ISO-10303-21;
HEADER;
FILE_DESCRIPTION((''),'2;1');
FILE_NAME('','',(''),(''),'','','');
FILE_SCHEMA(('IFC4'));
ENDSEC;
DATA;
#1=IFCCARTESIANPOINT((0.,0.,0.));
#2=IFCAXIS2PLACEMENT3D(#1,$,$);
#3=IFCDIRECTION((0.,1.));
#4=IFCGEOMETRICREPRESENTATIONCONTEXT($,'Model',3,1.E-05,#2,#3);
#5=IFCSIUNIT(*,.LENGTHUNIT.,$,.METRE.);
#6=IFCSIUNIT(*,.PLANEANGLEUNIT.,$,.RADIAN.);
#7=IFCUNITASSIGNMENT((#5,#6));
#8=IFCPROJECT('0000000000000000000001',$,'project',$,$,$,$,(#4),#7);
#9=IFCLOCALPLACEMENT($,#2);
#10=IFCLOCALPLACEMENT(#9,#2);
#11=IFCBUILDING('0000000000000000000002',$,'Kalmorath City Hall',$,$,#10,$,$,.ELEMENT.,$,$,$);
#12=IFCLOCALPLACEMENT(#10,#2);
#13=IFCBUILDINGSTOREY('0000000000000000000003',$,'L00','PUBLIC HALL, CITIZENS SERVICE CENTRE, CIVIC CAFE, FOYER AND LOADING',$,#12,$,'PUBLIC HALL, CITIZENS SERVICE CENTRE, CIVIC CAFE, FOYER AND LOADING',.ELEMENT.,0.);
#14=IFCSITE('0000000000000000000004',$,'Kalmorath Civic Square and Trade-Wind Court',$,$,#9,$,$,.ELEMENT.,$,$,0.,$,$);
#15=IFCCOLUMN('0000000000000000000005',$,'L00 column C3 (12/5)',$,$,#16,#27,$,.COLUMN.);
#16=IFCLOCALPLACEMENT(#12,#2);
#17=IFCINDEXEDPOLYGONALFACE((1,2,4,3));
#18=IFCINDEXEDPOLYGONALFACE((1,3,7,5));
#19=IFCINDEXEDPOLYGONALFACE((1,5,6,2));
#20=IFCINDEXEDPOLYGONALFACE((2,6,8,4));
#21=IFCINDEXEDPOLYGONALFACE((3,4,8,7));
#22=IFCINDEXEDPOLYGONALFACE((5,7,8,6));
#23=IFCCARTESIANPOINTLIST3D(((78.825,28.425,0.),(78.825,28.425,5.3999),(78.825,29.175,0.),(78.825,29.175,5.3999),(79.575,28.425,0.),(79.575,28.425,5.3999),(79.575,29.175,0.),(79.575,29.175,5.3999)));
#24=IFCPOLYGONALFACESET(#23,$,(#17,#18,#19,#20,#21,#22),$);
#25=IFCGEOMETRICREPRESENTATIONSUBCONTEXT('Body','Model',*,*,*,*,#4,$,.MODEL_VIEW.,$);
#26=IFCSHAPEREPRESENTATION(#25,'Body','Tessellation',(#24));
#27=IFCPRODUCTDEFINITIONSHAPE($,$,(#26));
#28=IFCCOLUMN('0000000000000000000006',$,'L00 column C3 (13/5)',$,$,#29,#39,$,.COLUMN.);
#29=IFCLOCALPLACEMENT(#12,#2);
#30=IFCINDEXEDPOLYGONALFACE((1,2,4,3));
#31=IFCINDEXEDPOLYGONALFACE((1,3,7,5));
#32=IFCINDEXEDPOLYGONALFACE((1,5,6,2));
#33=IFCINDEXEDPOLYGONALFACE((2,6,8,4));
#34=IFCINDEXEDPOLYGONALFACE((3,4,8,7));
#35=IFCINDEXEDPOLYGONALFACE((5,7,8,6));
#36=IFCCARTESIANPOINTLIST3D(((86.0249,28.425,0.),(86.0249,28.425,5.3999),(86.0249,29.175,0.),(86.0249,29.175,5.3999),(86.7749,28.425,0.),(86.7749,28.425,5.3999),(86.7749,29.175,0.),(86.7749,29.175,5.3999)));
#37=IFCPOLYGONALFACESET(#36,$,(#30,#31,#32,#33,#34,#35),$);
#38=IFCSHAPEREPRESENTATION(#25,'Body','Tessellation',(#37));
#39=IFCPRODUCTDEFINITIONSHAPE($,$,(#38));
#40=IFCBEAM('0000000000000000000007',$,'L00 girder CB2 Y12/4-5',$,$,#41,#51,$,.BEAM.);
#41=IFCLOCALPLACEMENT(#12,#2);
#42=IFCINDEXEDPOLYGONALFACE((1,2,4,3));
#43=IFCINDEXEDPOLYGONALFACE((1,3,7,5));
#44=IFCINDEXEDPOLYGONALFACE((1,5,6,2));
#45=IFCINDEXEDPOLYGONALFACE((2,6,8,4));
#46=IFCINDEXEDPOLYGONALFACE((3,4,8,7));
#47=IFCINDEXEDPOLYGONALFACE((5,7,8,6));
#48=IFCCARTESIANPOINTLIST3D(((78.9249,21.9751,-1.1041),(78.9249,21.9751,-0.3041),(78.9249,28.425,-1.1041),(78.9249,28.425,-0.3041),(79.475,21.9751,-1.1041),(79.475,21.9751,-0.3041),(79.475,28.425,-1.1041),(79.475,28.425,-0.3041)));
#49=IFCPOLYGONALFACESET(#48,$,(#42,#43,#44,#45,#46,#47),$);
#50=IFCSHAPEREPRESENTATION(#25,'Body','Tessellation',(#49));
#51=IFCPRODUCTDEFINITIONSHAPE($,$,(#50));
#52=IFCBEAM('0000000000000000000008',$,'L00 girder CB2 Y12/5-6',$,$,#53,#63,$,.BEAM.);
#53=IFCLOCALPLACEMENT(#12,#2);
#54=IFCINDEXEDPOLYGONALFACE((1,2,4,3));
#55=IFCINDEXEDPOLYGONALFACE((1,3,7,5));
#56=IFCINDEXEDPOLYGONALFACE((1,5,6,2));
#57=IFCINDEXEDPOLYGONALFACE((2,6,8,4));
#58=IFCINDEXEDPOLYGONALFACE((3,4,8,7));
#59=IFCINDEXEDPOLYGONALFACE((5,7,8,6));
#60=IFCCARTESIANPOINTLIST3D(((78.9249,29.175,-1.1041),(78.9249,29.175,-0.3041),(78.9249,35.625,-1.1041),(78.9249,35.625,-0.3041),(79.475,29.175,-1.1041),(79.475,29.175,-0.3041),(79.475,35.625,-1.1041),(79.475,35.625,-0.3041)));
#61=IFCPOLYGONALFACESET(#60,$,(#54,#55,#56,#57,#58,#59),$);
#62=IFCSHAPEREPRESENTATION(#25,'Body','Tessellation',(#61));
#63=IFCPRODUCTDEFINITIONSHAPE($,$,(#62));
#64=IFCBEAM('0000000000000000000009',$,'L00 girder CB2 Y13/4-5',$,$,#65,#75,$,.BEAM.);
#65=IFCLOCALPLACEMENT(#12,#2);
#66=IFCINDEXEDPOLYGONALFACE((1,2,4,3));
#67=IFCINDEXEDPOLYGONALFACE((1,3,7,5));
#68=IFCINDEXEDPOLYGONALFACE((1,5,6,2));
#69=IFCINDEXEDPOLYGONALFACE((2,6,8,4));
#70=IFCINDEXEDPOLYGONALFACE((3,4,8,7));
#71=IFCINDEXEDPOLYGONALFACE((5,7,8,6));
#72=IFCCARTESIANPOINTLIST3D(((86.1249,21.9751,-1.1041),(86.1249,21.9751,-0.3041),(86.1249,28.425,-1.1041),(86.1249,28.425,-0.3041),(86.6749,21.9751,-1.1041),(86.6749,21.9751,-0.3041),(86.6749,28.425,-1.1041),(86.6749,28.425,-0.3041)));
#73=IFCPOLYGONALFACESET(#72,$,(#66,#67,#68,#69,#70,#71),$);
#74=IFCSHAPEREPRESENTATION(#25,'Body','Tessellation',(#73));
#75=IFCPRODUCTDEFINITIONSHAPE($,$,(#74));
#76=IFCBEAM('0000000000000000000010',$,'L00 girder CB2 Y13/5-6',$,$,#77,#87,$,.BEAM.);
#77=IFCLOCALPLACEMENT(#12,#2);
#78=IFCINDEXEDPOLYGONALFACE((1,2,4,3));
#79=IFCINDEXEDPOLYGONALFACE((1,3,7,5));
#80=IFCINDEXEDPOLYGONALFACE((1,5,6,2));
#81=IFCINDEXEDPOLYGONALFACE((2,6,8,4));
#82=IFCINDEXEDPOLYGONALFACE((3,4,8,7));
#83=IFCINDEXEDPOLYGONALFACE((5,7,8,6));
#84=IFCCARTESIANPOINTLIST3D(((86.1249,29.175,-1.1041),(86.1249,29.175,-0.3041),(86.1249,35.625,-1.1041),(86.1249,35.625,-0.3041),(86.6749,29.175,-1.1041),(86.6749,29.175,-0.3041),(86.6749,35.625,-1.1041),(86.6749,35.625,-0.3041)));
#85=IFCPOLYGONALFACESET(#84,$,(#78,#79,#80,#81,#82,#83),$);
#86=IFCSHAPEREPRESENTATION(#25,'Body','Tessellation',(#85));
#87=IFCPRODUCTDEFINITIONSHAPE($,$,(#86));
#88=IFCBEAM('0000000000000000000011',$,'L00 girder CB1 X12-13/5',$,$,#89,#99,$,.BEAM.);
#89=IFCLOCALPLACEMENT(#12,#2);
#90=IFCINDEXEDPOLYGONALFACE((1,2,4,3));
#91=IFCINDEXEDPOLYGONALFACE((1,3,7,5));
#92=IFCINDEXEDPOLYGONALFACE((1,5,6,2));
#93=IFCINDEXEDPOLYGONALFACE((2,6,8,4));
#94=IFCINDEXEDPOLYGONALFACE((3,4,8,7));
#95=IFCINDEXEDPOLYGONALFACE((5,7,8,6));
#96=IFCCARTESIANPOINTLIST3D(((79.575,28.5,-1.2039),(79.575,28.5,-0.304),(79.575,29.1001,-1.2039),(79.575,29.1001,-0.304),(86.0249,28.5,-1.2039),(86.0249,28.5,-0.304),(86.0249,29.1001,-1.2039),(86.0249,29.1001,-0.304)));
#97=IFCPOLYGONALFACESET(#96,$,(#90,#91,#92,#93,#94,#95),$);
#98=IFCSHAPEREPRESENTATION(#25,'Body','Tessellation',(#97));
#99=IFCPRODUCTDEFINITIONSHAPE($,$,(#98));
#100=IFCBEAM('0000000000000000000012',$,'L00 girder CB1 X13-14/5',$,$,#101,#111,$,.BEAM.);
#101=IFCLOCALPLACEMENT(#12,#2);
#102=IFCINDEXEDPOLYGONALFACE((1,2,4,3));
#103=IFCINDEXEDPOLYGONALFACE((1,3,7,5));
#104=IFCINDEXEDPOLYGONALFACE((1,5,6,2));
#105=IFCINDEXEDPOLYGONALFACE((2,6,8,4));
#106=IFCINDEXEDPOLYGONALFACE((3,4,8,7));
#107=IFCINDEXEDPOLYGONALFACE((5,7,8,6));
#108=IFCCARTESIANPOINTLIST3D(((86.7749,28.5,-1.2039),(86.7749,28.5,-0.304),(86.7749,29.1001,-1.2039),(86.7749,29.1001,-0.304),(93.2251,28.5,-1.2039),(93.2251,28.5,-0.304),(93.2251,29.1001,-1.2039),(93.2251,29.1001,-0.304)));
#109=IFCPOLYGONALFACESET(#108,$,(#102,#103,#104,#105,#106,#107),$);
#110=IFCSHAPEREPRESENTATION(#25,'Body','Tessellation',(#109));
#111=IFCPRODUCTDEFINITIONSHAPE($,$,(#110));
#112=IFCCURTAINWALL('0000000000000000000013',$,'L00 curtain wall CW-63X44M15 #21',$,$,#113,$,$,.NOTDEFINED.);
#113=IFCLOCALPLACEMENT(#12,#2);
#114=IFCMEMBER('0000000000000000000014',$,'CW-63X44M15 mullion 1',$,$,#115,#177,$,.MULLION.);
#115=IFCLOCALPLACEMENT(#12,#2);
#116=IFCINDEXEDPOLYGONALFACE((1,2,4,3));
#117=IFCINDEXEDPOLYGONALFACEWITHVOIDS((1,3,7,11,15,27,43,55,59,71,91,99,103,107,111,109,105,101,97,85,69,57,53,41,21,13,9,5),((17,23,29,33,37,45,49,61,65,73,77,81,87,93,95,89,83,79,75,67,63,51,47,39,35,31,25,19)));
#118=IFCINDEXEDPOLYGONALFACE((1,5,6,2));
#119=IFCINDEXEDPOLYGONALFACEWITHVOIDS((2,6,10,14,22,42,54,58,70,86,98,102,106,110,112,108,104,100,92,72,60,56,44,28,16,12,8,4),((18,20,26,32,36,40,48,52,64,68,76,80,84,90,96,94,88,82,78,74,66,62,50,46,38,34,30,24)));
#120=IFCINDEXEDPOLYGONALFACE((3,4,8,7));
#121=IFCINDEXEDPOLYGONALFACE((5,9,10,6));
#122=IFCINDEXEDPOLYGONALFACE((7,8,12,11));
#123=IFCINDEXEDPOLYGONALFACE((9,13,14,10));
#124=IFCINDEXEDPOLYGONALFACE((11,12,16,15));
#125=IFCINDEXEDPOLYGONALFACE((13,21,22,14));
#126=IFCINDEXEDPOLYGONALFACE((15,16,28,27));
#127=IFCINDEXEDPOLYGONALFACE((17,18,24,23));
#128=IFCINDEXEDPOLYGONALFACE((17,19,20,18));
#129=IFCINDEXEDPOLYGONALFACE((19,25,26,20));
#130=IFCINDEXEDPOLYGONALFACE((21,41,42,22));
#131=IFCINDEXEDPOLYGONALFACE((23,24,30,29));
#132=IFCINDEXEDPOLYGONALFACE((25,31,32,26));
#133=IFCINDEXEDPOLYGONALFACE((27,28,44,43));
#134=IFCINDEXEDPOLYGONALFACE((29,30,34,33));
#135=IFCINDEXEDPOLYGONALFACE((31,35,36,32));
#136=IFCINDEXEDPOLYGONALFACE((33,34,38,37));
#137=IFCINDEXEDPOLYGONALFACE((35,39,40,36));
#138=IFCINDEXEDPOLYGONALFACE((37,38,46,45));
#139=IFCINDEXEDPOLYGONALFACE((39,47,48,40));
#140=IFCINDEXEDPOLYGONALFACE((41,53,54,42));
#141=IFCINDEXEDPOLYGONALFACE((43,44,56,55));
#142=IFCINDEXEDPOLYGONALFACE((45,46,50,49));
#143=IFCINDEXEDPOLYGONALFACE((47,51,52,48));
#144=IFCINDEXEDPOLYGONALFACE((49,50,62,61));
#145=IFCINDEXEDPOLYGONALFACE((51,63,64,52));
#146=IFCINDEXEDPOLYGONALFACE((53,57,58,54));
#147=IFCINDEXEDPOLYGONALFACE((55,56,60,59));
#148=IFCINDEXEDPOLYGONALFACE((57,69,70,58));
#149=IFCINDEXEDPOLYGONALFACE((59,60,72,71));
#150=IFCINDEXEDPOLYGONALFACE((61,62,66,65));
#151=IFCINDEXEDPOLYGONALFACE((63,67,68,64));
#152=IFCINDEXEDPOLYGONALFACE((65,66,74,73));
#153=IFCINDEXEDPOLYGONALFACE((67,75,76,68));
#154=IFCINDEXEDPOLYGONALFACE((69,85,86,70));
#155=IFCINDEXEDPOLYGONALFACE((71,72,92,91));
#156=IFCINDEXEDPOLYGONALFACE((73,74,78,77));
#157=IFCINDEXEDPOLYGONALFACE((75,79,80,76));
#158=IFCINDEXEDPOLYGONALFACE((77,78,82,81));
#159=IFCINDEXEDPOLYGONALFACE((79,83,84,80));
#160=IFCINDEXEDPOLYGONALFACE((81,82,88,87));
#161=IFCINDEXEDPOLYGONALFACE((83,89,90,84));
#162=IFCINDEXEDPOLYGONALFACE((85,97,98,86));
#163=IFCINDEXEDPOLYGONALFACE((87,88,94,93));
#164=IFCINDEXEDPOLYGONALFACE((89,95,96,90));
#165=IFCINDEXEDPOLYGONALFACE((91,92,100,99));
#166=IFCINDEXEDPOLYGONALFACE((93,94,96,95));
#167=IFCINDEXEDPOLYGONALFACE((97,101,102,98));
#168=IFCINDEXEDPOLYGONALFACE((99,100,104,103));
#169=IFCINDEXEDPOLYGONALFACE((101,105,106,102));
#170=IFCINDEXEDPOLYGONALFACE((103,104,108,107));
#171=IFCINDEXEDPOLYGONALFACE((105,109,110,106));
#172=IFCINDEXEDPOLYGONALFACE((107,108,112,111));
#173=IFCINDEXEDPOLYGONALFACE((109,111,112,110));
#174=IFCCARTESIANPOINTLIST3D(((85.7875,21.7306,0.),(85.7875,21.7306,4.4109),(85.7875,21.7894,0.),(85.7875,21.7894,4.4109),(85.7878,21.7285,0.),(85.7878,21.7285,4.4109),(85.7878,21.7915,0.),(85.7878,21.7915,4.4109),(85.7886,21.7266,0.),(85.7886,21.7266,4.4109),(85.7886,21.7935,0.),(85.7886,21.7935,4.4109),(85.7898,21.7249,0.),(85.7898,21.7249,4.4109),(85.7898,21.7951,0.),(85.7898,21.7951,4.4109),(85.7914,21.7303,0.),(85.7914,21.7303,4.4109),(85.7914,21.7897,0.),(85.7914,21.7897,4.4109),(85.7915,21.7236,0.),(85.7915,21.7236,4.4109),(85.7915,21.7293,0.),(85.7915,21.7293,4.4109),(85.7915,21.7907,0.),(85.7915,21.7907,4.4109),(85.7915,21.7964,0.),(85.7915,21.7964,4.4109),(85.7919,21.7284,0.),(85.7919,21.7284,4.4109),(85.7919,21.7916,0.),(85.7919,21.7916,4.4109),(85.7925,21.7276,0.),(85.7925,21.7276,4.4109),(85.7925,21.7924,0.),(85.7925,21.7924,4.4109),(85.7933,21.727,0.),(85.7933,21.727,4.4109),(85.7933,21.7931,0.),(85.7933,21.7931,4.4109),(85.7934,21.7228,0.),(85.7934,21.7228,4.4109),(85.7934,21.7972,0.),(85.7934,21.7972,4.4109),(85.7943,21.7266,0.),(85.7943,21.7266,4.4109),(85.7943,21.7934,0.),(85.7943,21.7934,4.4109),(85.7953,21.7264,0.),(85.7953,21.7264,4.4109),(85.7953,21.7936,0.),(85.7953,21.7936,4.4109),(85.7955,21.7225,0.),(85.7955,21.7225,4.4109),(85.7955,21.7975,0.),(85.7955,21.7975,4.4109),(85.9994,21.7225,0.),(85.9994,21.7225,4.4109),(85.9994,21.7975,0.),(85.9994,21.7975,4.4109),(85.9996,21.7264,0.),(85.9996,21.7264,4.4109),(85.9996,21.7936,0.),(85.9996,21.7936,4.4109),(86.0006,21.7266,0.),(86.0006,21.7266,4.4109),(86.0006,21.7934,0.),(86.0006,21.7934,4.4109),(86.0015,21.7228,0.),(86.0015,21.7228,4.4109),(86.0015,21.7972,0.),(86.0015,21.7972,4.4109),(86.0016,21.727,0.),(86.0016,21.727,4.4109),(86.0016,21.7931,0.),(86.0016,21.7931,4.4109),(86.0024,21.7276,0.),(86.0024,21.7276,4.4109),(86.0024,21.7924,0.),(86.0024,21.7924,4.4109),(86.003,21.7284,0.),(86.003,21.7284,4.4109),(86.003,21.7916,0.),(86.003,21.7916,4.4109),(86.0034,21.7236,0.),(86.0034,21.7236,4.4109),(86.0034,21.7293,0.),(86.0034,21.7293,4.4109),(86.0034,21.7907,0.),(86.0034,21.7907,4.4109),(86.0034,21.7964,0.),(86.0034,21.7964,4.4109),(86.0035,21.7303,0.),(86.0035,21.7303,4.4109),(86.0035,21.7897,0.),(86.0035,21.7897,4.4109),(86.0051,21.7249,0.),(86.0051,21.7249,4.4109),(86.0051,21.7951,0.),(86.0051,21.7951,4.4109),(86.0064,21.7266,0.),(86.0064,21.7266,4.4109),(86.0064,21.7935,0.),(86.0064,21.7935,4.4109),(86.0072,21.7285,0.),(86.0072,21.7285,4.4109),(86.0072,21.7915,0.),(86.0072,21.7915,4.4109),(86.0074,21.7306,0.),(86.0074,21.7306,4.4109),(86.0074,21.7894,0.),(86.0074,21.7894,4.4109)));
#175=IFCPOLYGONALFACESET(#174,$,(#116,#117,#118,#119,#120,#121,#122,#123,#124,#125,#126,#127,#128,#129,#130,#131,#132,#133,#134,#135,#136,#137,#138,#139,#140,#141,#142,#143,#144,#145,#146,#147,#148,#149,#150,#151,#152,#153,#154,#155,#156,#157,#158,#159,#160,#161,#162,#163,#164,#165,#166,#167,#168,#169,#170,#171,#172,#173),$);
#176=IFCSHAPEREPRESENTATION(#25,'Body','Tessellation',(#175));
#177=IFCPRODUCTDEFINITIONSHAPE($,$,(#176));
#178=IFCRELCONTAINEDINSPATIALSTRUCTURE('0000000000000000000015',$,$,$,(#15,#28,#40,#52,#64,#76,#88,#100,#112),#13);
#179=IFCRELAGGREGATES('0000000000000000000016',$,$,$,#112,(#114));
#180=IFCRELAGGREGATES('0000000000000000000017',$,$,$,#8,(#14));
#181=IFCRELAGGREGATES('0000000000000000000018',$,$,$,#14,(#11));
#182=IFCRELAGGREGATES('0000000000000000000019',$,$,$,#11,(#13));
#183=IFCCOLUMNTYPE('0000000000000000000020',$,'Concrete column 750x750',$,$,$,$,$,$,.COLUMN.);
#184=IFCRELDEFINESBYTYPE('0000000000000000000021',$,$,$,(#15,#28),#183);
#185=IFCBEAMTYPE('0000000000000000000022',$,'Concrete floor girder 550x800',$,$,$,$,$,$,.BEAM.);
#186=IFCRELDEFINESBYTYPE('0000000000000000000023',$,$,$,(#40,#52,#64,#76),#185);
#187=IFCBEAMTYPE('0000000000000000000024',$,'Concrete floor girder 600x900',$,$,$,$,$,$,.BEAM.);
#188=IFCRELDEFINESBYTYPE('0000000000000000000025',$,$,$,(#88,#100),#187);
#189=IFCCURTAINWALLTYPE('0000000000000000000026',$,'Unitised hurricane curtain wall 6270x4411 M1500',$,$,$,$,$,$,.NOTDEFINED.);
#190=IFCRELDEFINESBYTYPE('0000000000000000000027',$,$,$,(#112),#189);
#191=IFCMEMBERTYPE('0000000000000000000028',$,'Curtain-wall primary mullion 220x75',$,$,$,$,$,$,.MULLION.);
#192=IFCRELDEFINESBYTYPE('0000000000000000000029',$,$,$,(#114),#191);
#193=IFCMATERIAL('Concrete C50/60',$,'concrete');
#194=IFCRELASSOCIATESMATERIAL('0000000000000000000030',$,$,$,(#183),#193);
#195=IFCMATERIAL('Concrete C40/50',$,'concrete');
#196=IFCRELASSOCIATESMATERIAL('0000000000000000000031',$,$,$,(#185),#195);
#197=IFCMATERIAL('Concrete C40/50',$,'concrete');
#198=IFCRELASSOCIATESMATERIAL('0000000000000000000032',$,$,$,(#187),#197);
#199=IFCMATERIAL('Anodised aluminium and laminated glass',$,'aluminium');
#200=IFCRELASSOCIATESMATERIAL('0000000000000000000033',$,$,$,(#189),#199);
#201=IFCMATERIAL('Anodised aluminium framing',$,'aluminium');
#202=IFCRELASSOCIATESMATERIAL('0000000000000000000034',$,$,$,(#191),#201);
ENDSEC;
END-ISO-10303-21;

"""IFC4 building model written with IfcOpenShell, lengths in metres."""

from ifc_helpers import new_model, si_unit, direction, frame, origin, origin_2d, place, context, subcontext, project, spatial, rectangle, hollow_rectangle, extrude, material, material_profile, profile_set, type_object, element, aggregate, save


model = new_model("IFC4")

# Units and contexts
model_context = context("Model", 3, precision=1e-05, world=origin(), true_north=direction((0.0, 1.0)))
body_context = subcontext(model_context, "Body", "Model", "MODEL_VIEW")
ifc_project = project(units=[si_unit("LENGTHUNIT", "METRE"), si_unit("PLANEANGLEUNIT", "RADIAN")], contexts=[model_context])

# Site, building, storey
site_placement = place(None, origin())
site = spatial("IfcSite", under=ifc_project, at=site_placement, Name="Kalmorath Civic Square and Trade-Wind Court", CompositionType="ELEMENT", RefElevation=0.0)
building_placement = place(site_placement, origin())
building = spatial("IfcBuilding", under=site, at=building_placement, Name="Kalmorath City Hall", CompositionType="ELEMENT")
storey_placement = place(building_placement, origin())
storey = spatial("IfcBuildingStorey", under=building, at=storey_placement, Name="L00", Description="PUBLIC HALL, CITIZENS SERVICE CENTRE, CIVIC CAFE, FOYER AND LOADING", LongName="PUBLIC HALL, CITIZENS SERVICE CENTRE, CIVIC CAFE, FOYER AND LOADING", CompositionType="ELEMENT", Elevation=0.0)

# Columns
ifc_material_1 = material(Name="Concrete C50/60", Category="concrete")
ifc_material_profile_1 = material_profile(ifc_material_1, rectangle(XDim=0.75, YDim=0.75, at=origin_2d()), Name="RC-COL-750X750")
ifc_profile_set_1 = profile_set([ifc_material_profile_1], Name="Concrete C50/60")
column_type = type_object("IfcColumnType", Name="Concrete column 750x750", PredefinedType="COLUMN", material=ifc_profile_set_1)
for number, where, z_axis, x_axis, name in (
    (1, (79.2, 28.8, 0.0), (0.0, 0.0, 1.0), (1.0, 0.0, 0.0), "L00 column C3 (12/5)"),
    (2, (86.3999, 28.8, 0.0), (0.0, 0.0, 1.0), (1.0, 0.0, 0.0), "L00 column C3 (13/5)"),
):
    element("IfcColumn", number, at=place(storey_placement, frame(where, z_axis=z_axis, x_axis=x_axis)), inside=storey, type_object=column_type, Name=name, PredefinedType="COLUMN", context=body_context, shape_type="SweptSolid", body=[
        extrude(rectangle(XDim=0.75, YDim=0.75, at=origin_2d()), origin(), (0.0, 0.0, 1.0), 5.3999),
    ])

# Beams
ifc_material_2 = material(Name="Concrete C40/50", Category="concrete")
ifc_material_profile_2 = material_profile(ifc_material_2, rectangle(XDim=0.55, YDim=0.8, at=origin_2d()), Name="RC-BM-550X800")
ifc_profile_set_2 = profile_set([ifc_material_profile_2], Name="Concrete C40/50")
beam_type_1 = type_object("IfcBeamType", Name="Concrete floor girder 550x800", PredefinedType="BEAM", material=ifc_profile_set_2)
for number, where, z_axis, x_axis, name in (
    (3, (79.2, 21.9751, -0.7041), (0.0, 1.0, 0.0), (-1.0, 0.0, 0.0), "L00 girder CB2 Y12/4-5"),
    (4, (79.2, 29.175, -0.7041), (0.0, 1.0, 0.0), (-1.0, 0.0, 0.0), "L00 girder CB2 Y12/5-6"),
    (5, (86.3999, 21.9751, -0.7041), (0.0, 1.0, 0.0), (-1.0, 0.0, 0.0), "L00 girder CB2 Y13/4-5"),
    (6, (86.3999, 29.175, -0.7041), (0.0, 1.0, 0.0), (-1.0, 0.0, 0.0), "L00 girder CB2 Y13/5-6"),
):
    element("IfcBeam", number, at=place(storey_placement, frame(where, z_axis=z_axis, x_axis=x_axis)), inside=storey, type_object=beam_type_1, Name=name, PredefinedType="BEAM", context=body_context, shape_type="SweptSolid", body=[
        extrude(rectangle(XDim=0.55, YDim=0.8, at=origin_2d()), origin(), (0.0, 0.0, 1.0), 6.45),
    ])
ifc_material_3 = material(Name="Concrete C40/50", Category="concrete")
ifc_material_profile_3 = material_profile(ifc_material_3, rectangle(XDim=0.6001, YDim=0.8999, at=origin_2d()), Name="RC-BM-600X900")
ifc_profile_set_3 = profile_set([ifc_material_profile_3], Name="Concrete C40/50")
beam_type_2 = type_object("IfcBeamType", Name="Concrete floor girder 600x900", PredefinedType="BEAM", material=ifc_profile_set_3)
beam_1_placement = place(storey_placement, frame((79.575, 28.8, -0.7539), z_axis=(1.0, 0.0, 0.0), x_axis=(0.0, 1.0, 0.0)))
element("IfcBeam", 7, at=beam_1_placement, inside=storey, type_object=beam_type_2, Name="L00 girder CB1 X12-13/5", PredefinedType="BEAM", context=body_context, shape_type="SweptSolid", body=[
    extrude(rectangle(XDim=0.6001, YDim=0.8999, at=origin_2d()), origin(), (0.0, 0.0, 1.0), 6.45),
])
beam_2_placement = place(storey_placement, frame((86.7749, 28.8, -0.7539), z_axis=(1.0, 0.0, 0.0), x_axis=(0.0, 1.0, 0.0)))
element("IfcBeam", 8, at=beam_2_placement, inside=storey, type_object=beam_type_2, Name="L00 girder CB1 X13-14/5", PredefinedType="BEAM", context=body_context, shape_type="SweptSolid", body=[
    extrude(rectangle(XDim=0.6001, YDim=0.8999, at=origin_2d()), origin(), (0.0, 0.0, 1.0), 6.4502),
])

# Curtain wall, member
ifc_material_4 = material(Name="Anodised aluminium and laminated glass", Category="aluminium")
curtain_wall_type = type_object("IfcCurtainWallType", Name="Unitised hurricane curtain wall 6270x4411 M1500", PredefinedType="NOTDEFINED", material=ifc_material_4)
curtain_wall_placement = place(storey_placement, origin())
curtain_wall = element("IfcCurtainWall", 9, at=curtain_wall_placement, inside=storey, type_object=curtain_wall_type, Name="L00 curtain wall CW-63X44M15 #21", PredefinedType="NOTDEFINED")
ifc_material_5 = material(Name="Anodised aluminium framing", Category="aluminium")
ifc_material_profile_4 = material_profile(ifc_material_5, hollow_rectangle(XDim=0.075, YDim=0.22, WallThickness=0.0039, InnerFilletRadius=0.0039, OuterFilletRadius=0.0081, at=origin_2d()), Name="ALU-MUL-220X75X4")
ifc_profile_set_4 = profile_set([ifc_material_profile_4], Name="Anodised aluminium framing")
member_type_1 = type_object("IfcMemberType", Name="Curtain-wall primary mullion 220x75", PredefinedType="MULLION", material=ifc_profile_set_4)
member_1_placement = place(storey_placement, frame((85.8975, 21.76, 0.0), z_axis=(0.0, 0.0, 1.0), x_axis=(0.0, -1.0, 0.0)))
member_1 = element("IfcMember", 10, at=member_1_placement, type_object=member_type_1, Name="CW-63X44M15 mullion 1", PredefinedType="MULLION", context=body_context, shape_type="SweptSolid", body=[
    extrude(hollow_rectangle(XDim=0.075, YDim=0.22, WallThickness=0.0039, InnerFilletRadius=0.0039, OuterFilletRadius=0.0081, at=origin_2d()), origin(), (0.0, 0.0, 1.0), 4.4109),
])

aggregate(curtain_wall, [member_1])

save(model, "model.ifc")
